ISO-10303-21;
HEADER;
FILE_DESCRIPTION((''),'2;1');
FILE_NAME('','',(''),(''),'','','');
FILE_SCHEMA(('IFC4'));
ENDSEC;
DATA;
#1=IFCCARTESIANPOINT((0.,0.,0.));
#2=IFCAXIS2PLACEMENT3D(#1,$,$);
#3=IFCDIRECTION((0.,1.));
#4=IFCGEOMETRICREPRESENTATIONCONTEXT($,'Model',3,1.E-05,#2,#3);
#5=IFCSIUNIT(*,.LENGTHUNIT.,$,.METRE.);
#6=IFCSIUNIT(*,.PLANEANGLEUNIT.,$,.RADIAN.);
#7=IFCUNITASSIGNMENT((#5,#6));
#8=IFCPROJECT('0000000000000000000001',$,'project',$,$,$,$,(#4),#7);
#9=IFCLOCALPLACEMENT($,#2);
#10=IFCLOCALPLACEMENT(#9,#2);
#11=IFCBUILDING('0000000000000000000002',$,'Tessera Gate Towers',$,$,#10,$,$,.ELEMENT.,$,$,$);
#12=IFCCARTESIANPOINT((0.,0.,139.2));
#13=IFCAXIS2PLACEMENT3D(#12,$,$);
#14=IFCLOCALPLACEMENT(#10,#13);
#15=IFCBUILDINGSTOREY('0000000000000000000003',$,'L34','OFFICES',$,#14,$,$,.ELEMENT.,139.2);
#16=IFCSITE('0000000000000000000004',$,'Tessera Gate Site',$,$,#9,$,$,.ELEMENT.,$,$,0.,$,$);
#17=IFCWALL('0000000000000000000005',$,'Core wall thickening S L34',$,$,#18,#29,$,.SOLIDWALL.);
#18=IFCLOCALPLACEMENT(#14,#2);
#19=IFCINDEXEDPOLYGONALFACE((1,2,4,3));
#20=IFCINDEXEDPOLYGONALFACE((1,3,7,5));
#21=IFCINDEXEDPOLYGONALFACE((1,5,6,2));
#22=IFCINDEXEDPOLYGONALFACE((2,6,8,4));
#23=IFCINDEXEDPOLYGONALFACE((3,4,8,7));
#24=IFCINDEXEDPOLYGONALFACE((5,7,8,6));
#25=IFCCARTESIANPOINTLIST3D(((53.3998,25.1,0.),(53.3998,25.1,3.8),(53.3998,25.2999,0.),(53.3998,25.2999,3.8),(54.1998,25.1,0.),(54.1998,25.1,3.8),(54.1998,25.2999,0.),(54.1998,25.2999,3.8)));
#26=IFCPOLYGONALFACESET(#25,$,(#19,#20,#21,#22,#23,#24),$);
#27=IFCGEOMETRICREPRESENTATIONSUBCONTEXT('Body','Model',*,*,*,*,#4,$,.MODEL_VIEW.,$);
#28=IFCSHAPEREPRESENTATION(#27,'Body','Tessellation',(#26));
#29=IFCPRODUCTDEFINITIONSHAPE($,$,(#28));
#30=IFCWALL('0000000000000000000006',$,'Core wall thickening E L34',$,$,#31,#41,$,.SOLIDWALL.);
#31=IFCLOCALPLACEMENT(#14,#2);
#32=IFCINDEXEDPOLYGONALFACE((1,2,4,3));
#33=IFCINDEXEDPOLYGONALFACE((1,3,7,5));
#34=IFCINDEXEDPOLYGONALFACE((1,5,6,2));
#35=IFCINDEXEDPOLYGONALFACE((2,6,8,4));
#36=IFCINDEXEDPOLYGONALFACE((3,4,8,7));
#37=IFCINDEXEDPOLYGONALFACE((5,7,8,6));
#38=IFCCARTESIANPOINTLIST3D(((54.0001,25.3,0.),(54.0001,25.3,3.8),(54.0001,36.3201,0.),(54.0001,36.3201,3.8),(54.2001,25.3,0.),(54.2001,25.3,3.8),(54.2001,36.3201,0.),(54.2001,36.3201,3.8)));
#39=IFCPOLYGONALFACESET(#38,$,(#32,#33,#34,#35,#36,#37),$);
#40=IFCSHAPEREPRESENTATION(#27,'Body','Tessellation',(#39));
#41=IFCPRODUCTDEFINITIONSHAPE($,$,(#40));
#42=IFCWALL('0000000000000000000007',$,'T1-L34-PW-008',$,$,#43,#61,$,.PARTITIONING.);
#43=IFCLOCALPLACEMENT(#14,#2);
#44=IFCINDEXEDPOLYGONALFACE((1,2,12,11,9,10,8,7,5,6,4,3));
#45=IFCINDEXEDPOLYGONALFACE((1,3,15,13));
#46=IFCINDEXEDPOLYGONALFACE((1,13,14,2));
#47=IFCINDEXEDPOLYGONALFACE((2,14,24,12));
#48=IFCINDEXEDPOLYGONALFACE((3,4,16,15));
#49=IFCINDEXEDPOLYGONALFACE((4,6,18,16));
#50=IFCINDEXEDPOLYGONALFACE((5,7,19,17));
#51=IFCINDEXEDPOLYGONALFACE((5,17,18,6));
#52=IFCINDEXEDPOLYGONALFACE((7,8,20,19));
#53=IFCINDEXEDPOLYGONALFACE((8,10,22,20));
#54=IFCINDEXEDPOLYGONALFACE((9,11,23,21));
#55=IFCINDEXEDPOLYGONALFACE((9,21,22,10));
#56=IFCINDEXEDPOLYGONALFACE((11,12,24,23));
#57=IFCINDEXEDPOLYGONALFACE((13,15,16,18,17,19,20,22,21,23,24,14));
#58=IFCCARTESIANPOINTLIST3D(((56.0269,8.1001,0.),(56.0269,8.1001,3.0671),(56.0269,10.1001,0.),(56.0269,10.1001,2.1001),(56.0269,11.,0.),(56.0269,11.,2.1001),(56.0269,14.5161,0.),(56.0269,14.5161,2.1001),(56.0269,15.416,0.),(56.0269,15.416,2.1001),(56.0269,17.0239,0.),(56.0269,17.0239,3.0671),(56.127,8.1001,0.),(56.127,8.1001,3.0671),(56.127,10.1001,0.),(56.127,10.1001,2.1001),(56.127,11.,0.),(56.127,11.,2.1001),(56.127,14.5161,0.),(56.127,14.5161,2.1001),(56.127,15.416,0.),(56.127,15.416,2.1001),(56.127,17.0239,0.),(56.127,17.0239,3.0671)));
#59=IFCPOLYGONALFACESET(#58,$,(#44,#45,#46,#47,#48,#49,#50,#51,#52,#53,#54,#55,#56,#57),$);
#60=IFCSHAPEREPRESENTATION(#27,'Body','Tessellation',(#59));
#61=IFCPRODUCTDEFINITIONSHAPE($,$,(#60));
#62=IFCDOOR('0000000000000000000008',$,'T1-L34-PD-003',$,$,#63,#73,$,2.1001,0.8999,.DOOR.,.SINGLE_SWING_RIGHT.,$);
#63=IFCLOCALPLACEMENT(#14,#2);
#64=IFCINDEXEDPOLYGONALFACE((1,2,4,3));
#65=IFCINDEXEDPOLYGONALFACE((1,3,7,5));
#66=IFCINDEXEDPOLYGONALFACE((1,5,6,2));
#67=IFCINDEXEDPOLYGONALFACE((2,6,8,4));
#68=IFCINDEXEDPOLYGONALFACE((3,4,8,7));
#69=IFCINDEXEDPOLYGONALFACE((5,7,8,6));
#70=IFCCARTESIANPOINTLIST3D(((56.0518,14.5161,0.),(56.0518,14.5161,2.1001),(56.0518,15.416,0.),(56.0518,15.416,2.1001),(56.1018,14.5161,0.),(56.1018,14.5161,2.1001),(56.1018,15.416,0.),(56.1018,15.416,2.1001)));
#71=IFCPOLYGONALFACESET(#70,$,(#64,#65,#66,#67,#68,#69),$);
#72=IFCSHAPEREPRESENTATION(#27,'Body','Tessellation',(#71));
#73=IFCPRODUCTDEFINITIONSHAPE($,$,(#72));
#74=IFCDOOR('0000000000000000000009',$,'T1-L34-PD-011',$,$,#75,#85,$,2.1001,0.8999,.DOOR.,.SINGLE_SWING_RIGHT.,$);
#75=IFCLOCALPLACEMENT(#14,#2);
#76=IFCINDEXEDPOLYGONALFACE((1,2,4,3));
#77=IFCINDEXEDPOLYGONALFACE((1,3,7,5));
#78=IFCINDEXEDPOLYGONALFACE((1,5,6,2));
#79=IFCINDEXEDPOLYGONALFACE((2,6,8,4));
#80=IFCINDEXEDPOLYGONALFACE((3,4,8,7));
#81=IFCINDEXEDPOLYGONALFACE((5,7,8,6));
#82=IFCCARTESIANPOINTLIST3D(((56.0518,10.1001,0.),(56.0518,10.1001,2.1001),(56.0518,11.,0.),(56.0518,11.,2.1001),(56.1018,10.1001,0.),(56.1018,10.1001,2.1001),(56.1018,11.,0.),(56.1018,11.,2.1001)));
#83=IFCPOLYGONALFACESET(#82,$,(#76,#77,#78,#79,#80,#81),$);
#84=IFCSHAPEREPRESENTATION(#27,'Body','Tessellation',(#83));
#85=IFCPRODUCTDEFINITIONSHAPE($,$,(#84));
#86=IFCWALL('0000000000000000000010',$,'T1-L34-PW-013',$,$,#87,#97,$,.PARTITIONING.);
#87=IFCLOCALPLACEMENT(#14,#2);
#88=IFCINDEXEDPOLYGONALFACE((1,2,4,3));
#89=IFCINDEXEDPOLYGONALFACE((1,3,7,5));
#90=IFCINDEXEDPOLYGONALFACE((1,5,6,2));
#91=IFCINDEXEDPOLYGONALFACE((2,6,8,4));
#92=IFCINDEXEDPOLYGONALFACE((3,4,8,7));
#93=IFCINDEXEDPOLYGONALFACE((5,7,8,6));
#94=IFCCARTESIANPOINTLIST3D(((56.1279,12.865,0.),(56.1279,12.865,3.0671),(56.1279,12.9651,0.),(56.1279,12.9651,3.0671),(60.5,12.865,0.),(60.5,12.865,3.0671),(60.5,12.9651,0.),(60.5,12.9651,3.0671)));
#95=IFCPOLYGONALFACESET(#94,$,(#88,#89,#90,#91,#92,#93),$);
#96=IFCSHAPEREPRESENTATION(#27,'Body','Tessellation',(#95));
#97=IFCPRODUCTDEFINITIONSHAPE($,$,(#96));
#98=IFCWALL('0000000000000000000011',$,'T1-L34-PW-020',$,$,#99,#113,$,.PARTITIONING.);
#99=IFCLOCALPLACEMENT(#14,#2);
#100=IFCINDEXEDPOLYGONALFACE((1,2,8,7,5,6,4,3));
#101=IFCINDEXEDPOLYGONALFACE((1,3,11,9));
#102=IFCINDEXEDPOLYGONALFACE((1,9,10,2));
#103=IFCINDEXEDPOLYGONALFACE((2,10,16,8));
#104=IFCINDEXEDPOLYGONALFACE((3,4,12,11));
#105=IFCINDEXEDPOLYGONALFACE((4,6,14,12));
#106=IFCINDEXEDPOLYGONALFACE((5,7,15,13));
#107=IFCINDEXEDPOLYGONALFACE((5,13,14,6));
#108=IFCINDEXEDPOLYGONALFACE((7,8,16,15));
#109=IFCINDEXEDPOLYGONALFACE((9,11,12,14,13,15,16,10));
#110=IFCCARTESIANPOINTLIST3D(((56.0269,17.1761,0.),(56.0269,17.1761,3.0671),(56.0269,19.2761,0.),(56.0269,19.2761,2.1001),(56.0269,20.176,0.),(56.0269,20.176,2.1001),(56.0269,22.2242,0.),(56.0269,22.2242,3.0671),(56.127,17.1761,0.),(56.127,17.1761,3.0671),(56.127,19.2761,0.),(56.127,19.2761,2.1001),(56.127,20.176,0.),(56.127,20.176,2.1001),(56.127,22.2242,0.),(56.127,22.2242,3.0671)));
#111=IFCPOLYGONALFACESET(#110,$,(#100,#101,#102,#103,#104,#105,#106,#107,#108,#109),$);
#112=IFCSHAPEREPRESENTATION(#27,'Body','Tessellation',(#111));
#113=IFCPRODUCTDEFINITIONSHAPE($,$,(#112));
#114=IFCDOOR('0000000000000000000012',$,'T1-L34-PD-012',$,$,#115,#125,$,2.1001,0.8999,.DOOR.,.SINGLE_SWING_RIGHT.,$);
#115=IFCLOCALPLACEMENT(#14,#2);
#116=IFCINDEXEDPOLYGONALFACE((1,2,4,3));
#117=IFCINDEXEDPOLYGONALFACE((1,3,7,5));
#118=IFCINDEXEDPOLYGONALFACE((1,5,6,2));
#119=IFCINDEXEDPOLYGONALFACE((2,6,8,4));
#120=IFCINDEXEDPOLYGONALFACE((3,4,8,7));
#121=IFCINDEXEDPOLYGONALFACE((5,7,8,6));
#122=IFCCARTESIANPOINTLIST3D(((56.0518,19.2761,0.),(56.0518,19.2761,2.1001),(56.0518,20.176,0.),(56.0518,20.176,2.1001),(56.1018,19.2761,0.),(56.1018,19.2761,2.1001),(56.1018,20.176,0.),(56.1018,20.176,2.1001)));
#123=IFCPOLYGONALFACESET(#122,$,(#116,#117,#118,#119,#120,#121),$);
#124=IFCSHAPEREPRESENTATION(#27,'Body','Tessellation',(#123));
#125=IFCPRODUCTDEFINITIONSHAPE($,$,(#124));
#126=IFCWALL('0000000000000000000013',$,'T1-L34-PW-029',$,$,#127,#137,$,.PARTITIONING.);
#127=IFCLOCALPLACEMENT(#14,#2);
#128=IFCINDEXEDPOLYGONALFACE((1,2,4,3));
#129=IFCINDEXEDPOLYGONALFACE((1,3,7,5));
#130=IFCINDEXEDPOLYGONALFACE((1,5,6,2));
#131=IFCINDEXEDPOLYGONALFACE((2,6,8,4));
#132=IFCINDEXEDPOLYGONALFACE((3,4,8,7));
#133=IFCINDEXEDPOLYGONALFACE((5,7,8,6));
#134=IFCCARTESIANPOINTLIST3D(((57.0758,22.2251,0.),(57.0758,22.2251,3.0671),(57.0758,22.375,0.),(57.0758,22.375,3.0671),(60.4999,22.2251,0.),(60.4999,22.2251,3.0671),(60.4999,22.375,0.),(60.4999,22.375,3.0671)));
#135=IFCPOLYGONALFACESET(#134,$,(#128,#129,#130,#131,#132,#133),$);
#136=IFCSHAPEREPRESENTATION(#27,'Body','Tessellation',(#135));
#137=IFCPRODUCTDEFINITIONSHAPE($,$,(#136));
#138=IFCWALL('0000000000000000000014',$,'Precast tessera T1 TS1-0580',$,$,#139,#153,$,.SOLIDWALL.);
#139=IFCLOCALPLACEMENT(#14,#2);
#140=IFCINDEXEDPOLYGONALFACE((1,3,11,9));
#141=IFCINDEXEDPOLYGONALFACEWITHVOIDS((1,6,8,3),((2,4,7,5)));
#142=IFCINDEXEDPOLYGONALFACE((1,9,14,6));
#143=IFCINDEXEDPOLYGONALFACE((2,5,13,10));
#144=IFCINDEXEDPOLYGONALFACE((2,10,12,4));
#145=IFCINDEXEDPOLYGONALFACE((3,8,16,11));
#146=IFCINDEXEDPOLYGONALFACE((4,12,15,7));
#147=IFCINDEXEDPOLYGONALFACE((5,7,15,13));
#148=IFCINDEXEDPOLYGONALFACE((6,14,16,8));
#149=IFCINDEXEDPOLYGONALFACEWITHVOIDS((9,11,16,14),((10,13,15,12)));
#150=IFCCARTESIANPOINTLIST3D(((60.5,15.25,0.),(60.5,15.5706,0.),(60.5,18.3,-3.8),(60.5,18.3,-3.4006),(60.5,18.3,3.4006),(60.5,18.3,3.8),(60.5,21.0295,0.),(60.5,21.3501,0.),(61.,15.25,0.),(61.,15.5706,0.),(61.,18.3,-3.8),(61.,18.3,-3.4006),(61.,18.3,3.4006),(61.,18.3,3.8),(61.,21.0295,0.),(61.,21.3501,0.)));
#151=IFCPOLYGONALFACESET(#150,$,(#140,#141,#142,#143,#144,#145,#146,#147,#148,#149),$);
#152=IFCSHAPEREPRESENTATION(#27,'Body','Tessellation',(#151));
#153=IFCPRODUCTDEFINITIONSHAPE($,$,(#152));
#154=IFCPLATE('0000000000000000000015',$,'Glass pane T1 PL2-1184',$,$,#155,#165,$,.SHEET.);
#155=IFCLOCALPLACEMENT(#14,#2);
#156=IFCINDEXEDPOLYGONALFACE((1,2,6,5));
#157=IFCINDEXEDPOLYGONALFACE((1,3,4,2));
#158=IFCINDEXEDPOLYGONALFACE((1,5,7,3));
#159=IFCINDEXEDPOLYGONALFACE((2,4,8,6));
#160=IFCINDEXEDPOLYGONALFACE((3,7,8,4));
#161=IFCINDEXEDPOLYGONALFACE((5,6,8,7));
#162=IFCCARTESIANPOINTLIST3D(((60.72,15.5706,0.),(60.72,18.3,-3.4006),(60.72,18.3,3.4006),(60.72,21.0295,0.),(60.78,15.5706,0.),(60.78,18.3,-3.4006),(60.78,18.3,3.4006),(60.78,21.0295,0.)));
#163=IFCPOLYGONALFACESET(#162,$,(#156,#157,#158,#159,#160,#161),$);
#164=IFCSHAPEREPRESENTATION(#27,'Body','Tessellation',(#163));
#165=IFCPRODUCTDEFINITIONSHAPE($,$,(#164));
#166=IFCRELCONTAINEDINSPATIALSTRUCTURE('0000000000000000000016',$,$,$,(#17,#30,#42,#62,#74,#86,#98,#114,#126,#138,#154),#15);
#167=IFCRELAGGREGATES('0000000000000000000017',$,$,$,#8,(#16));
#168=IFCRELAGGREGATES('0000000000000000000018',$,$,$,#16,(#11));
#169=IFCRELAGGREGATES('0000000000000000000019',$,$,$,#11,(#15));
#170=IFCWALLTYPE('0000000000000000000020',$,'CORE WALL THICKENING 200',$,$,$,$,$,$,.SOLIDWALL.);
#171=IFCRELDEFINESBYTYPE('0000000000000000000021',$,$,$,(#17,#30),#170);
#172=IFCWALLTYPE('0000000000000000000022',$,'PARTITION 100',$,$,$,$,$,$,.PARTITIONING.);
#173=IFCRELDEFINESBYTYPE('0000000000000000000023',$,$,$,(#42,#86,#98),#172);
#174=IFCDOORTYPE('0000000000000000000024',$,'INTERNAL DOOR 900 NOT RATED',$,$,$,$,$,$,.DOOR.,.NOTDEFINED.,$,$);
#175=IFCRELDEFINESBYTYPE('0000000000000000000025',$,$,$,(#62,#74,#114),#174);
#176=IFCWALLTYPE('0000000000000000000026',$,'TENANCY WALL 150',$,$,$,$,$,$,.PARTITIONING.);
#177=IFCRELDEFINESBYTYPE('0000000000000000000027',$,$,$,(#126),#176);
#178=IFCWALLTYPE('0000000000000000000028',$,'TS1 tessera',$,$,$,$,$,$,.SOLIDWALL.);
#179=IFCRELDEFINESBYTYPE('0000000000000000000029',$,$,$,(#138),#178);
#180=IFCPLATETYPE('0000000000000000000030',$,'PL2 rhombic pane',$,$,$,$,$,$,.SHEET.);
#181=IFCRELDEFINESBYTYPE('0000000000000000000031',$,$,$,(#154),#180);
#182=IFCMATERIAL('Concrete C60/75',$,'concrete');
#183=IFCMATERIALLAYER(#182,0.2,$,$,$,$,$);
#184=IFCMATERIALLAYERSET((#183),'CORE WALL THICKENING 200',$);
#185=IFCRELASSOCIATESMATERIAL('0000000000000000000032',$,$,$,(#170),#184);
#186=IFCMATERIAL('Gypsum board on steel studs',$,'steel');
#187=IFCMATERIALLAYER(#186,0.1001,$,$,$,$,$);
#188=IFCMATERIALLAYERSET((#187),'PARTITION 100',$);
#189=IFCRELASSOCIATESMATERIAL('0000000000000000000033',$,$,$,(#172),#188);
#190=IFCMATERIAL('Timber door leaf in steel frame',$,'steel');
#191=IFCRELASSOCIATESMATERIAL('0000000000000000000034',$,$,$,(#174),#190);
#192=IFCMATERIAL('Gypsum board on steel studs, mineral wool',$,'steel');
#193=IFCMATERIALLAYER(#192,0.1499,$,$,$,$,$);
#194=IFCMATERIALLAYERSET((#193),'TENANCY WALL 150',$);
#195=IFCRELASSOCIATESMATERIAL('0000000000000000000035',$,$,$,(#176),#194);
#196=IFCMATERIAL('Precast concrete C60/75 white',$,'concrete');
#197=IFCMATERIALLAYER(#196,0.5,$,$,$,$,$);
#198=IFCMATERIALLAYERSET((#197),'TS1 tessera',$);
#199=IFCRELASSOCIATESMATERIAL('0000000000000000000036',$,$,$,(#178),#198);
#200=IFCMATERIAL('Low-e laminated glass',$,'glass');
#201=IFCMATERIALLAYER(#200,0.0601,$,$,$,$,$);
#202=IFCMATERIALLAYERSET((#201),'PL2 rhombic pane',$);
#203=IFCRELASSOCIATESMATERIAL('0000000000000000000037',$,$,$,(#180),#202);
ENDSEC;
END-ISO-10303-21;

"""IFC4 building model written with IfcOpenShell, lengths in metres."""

from ifc_helpers import new_model, si_unit, direction, frame, frame_2d, origin, place, context, subcontext, project, spatial, polyline, rectangle, outline, extrude, source, transform, mapped, material, layer, layer_set, type_object, element, fill, save


model = new_model("IFC4")

# Units and contexts
model_context = context("Model", 3, precision=1e-05, world=origin(), true_north=direction((0.0, 1.0)))
body_context = subcontext(model_context, "Body", "Model", "MODEL_VIEW")
ifc_project = project(units=[si_unit("LENGTHUNIT", "METRE"), si_unit("PLANEANGLEUNIT", "RADIAN")], contexts=[model_context])

# Site, building, storey
site_placement = place(None, origin())
site = spatial("IfcSite", under=ifc_project, at=site_placement, Name="Tessera Gate Site", CompositionType="ELEMENT", RefElevation=0.0)
building_placement = place(site_placement, origin())
building = spatial("IfcBuilding", under=site, at=building_placement, Name="Tessera Gate Towers", CompositionType="ELEMENT")
storey_placement = place(building_placement, frame((0.0, 0.0, 139.2)))
storey = spatial("IfcBuildingStorey", under=building, at=storey_placement, Name="L34", Description="OFFICES", CompositionType="ELEMENT", Elevation=139.2)

# Walls
ifc_material_1 = material(Name="Concrete C60/75", Category="concrete")
ifc_layer_1 = layer(ifc_material_1, 0.2)
ifc_layer_set_1 = layer_set([ifc_layer_1], Name="CORE WALL THICKENING 200")
wall_type_1 = type_object("IfcWallType", Name="CORE WALL THICKENING 200", PredefinedType="SOLIDWALL", material=ifc_layer_set_1)
wall_1_placement = place(storey_placement, frame((53.3999, 25.2, 0.0), z_axis=(0.0, 0.0, 1.0), x_axis=(1.0, 0.0, 0.0)))
element("IfcWall", 1, at=wall_1_placement, inside=storey, type_object=wall_type_1, Name="Core wall thickening S L34", PredefinedType="SOLIDWALL", context=body_context, shape_type="SweptSolid", body=[
    extrude(rectangle(XDim=0.8, YDim=0.2, at=frame_2d((0.3999, 0.0))), origin(), (0.0, 0.0, 1.0), 3.8),
])
wall_2_placement = place(storey_placement, frame((54.1001, 25.3, 0.0), z_axis=(0.0, 0.0, 1.0), x_axis=(0.0, 1.0, 0.0)))
element("IfcWall", 2, at=wall_2_placement, inside=storey, type_object=wall_type_1, Name="Core wall thickening E L34", PredefinedType="SOLIDWALL", context=body_context, shape_type="SweptSolid", body=[
    extrude(rectangle(XDim=11.02, YDim=0.2, at=frame_2d((5.51, 0.0))), origin(), (0.0, 0.0, 1.0), 3.8),
])

# Wall, openings, doors
ifc_material_2 = material(Name="Gypsum board on steel studs", Category="steel")
ifc_layer_2 = layer(ifc_material_2, 0.1001)
ifc_layer_set_2 = layer_set([ifc_layer_2], Name="PARTITION 100")
wall_type_2 = type_object("IfcWallType", Name="PARTITION 100", PredefinedType="PARTITIONING", material=ifc_layer_set_2)
wall_3_placement = place(storey_placement, frame((56.0769, 17.0239, 0.0), z_axis=(0.0, 0.0, 1.0), x_axis=(0.0, -1.0, 0.0)))
wall_3 = element("IfcWall", 3, at=wall_3_placement, inside=storey, type_object=wall_type_2, Name="T1-L34-PW-008", PredefinedType="PARTITIONING", context=body_context, shape_type="SweptSolid", body=[
    extrude(rectangle(XDim=8.9238, YDim=0.1001, at=frame_2d((4.4619, 0.0))), origin(), (0.0, 0.0, 1.0), 3.0671),
])
shared_shape_1 = source(origin(), body_context, "Body", "SweptSolid", [
    extrude(rectangle(XDim=0.8999, YDim=2.1001, at=frame_2d((0.45, 1.05))), frame((0.0, 0.0601, 0.0), z_axis=(0.0, -1.0, 0.0), x_axis=(1.0, 0.0, 0.0)), (0.0, 0.0, 1.0), 0.1201),
])
opening_1_placement = place(wall_3_placement, frame((1.6079, 0.0, 0.0)))
opening_1 = element("IfcOpeningElement", 4, at=opening_1_placement, cuts=wall_3, PredefinedType="OPENING", context=body_context, shape_type="MappedRepresentation", body=[
    mapped(shared_shape_1, transform((0.0, 0.0, 0.0), scale=1.0)),
])
opening_2_placement = place(wall_3_placement, frame((6.0239, 0.0, 0.0)))
opening_2 = element("IfcOpeningElement", 5, at=opening_2_placement, cuts=wall_3, PredefinedType="OPENING", context=body_context, shape_type="MappedRepresentation", body=[
    mapped(shared_shape_1, transform((0.0, 0.0, 0.0), scale=1.0)),
])
ifc_material_3 = material(Name="Timber door leaf in steel frame", Category="steel")
door_type_1 = type_object("IfcDoorType", Name="INTERNAL DOOR 900 NOT RATED", OperationType="NOTDEFINED", PredefinedType="DOOR", material=ifc_material_3)
shared_shape_2 = source(origin(), body_context, "Body", "SweptSolid", [
    extrude(rectangle(XDim=0.8999, YDim=2.1001, at=frame_2d((0.45, 1.05))), frame((0.0, 0.0249, 0.0), z_axis=(0.0, -1.0, 0.0), x_axis=(1.0, 0.0, 0.0)), (0.0, 0.0, 1.0), 0.05),
])
door_1_placement = place(opening_1_placement, origin())
door_1 = element("IfcDoor", 6, at=door_1_placement, inside=storey, type_object=door_type_1, Name="T1-L34-PD-003", OperationType="SINGLE_SWING_RIGHT", OverallHeight=2.1001, OverallWidth=0.8999, PredefinedType="DOOR", context=body_context, shape_type="MappedRepresentation", body=[
    mapped(shared_shape_2, transform((0.0, 0.0, 0.0), scale=1.0)),
])
fill(opening_1, door_1)
door_2_placement = place(opening_2_placement, origin())
door_2 = element("IfcDoor", 7, at=door_2_placement, inside=storey, type_object=door_type_1, Name="T1-L34-PD-011", OperationType="SINGLE_SWING_RIGHT", OverallHeight=2.1001, OverallWidth=0.8999, PredefinedType="DOOR", context=body_context, shape_type="MappedRepresentation", body=[
    mapped(shared_shape_2, transform((0.0, 0.0, 0.0), scale=1.0)),
])
fill(opening_2, door_2)

# Wall
wall_4_placement = place(storey_placement, frame((56.1279, 12.915, 0.0), z_axis=(0.0, 0.0, 1.0), x_axis=(1.0, 0.0, 0.0)))
element("IfcWall", 8, at=wall_4_placement, inside=storey, type_object=wall_type_2, Name="T1-L34-PW-013", PredefinedType="PARTITIONING", context=body_context, shape_type="SweptSolid", body=[
    extrude(rectangle(XDim=4.3721, YDim=0.1001, at=frame_2d((2.186, 0.0))), origin(), (0.0, 0.0, 1.0), 3.0671),
])

# Wall, opening, door
wall_5_placement = place(storey_placement, frame((56.0769, 22.2241, 0.0), z_axis=(0.0, 0.0, 1.0), x_axis=(0.0, -1.0, 0.0)))
wall_5 = element("IfcWall", 9, at=wall_5_placement, inside=storey, type_object=wall_type_2, Name="T1-L34-PW-020", PredefinedType="PARTITIONING", context=body_context, shape_type="SweptSolid", body=[
    extrude(rectangle(XDim=5.0481, YDim=0.1001, at=frame_2d((2.5239, 0.0))), origin(), (0.0, 0.0, 1.0), 3.0671),
])
opening_3_placement = place(wall_5_placement, frame((2.0481, 0.0, 0.0)))
opening_3 = element("IfcOpeningElement", 10, at=opening_3_placement, cuts=wall_5, PredefinedType="OPENING", context=body_context, shape_type="MappedRepresentation", body=[
    mapped(shared_shape_1, transform((0.0, 0.0, 0.0), scale=1.0)),
])
door_3_placement = place(opening_3_placement, origin())
door_3 = element("IfcDoor", 11, at=door_3_placement, inside=storey, type_object=door_type_1, Name="T1-L34-PD-012", OperationType="SINGLE_SWING_RIGHT", OverallHeight=2.1001, OverallWidth=0.8999, PredefinedType="DOOR", context=body_context, shape_type="MappedRepresentation", body=[
    mapped(shared_shape_2, transform((0.0, 0.0, 0.0), scale=1.0)),
])
fill(opening_3, door_3)

# Wall
ifc_material_4 = material(Name="Gypsum board on steel studs, mineral wool", Category="steel")
ifc_layer_3 = layer(ifc_material_4, 0.1499)
ifc_layer_set_3 = layer_set([ifc_layer_3], Name="TENANCY WALL 150")
wall_type_3 = type_object("IfcWallType", Name="TENANCY WALL 150", PredefinedType="PARTITIONING", material=ifc_layer_set_3)
wall_6_placement = place(storey_placement, frame((57.0759, 22.3, 0.0), z_axis=(0.0, 0.0, 1.0), x_axis=(1.0, 0.0, 0.0)))
element("IfcWall", 12, at=wall_6_placement, inside=storey, type_object=wall_type_3, Name="T1-L34-PW-029", PredefinedType="PARTITIONING", context=body_context, shape_type="SweptSolid", body=[
    extrude(rectangle(XDim=3.4241, YDim=0.1499, at=frame_2d((1.7119, 0.0))), origin(), (0.0, 0.0, 1.0), 3.0671),
])

# Wall, opening, plate
ifc_material_5 = material(Name="Precast concrete C60/75 white", Category="concrete")
ifc_layer_4 = layer(ifc_material_5, 0.5)
ifc_layer_set_4 = layer_set([ifc_layer_4], Name="TS1 tessera")
wall_type_4 = type_object("IfcWallType", Name="TS1 tessera", PredefinedType="SOLIDWALL", material=ifc_layer_set_4)
shared_shape_3 = source(origin(), body_context, "Body", "SweptSolid", [
    extrude(outline(polyline([(3.05, 0.0), (6.1001, 3.8), (3.05, 7.6001), (0.0, 3.8), (3.05, 0.0)])), frame((0.0, 0.25, 0.0), z_axis=(0.0, -1.0, 0.0), x_axis=(1.0, 0.0, 0.0)), (0.0, 0.0, 1.0), 0.5),
])
wall_7_placement = place(storey_placement, frame((60.75, 15.25, -3.8), z_axis=(0.0, 0.0, 1.0), x_axis=(0.0, 1.0, 0.0)))
wall_7 = element("IfcWall", 13, at=wall_7_placement, inside=storey, type_object=wall_type_4, Name="Precast tessera T1 TS1-0580", PredefinedType="SOLIDWALL", context=body_context, shape_type="MappedRepresentation", body=[
    mapped(shared_shape_3, transform((0.0, 0.0, 0.0), scale=1.0)),
])
shared_shape_4 = source(origin(), body_context, "Body", "SweptSolid", [
    extrude(outline(polyline([(3.05, 0.3994), (5.7795, 3.8), (3.05, 7.2007), (0.3206, 3.8), (3.05, 0.3994)])), frame((0.0, 0.26, 0.0), z_axis=(0.0, -1.0, 0.0), x_axis=(1.0, 0.0, 0.0)), (0.0, 0.0, 1.0), 0.52),
])
opening_4_placement = place(wall_7_placement, origin())
opening_4 = element("IfcOpeningElement", 14, at=opening_4_placement, cuts=wall_7, PredefinedType="OPENING", context=body_context, shape_type="MappedRepresentation", body=[
    mapped(shared_shape_4, transform((0.0, 0.0, 0.0), scale=1.0)),
])
ifc_material_6 = material(Name="Low-e laminated glass", Category="glass")
ifc_layer_5 = layer(ifc_material_6, 0.0601)
ifc_layer_set_5 = layer_set([ifc_layer_5], Name="PL2 rhombic pane")
plate_type = type_object("IfcPlateType", Name="PL2 rhombic pane", PredefinedType="SHEET", material=ifc_layer_set_5)
shared_shape_5 = source(origin(), body_context, "Body", "SweptSolid", [
    extrude(outline(polyline([(3.05, 0.3994), (5.7795, 3.8), (3.05, 7.2007), (0.3206, 3.8), (3.05, 0.3994)])), frame((0.0, 0.03, 0.0), z_axis=(0.0, -1.0, 0.0), x_axis=(1.0, 0.0, 0.0)), (0.0, 0.0, 1.0), 0.0601),
])
plate_1_placement = place(opening_4_placement, origin())
plate_1 = element("IfcPlate", 15, at=plate_1_placement, inside=storey, type_object=plate_type, Name="Glass pane T1 PL2-1184", PredefinedType="SHEET", context=body_context, shape_type="MappedRepresentation", body=[
    mapped(shared_shape_5, transform((0.0, 0.0, 0.0), scale=1.0)),
])
fill(opening_4, plate_1)

save(model, "model.ifc")
